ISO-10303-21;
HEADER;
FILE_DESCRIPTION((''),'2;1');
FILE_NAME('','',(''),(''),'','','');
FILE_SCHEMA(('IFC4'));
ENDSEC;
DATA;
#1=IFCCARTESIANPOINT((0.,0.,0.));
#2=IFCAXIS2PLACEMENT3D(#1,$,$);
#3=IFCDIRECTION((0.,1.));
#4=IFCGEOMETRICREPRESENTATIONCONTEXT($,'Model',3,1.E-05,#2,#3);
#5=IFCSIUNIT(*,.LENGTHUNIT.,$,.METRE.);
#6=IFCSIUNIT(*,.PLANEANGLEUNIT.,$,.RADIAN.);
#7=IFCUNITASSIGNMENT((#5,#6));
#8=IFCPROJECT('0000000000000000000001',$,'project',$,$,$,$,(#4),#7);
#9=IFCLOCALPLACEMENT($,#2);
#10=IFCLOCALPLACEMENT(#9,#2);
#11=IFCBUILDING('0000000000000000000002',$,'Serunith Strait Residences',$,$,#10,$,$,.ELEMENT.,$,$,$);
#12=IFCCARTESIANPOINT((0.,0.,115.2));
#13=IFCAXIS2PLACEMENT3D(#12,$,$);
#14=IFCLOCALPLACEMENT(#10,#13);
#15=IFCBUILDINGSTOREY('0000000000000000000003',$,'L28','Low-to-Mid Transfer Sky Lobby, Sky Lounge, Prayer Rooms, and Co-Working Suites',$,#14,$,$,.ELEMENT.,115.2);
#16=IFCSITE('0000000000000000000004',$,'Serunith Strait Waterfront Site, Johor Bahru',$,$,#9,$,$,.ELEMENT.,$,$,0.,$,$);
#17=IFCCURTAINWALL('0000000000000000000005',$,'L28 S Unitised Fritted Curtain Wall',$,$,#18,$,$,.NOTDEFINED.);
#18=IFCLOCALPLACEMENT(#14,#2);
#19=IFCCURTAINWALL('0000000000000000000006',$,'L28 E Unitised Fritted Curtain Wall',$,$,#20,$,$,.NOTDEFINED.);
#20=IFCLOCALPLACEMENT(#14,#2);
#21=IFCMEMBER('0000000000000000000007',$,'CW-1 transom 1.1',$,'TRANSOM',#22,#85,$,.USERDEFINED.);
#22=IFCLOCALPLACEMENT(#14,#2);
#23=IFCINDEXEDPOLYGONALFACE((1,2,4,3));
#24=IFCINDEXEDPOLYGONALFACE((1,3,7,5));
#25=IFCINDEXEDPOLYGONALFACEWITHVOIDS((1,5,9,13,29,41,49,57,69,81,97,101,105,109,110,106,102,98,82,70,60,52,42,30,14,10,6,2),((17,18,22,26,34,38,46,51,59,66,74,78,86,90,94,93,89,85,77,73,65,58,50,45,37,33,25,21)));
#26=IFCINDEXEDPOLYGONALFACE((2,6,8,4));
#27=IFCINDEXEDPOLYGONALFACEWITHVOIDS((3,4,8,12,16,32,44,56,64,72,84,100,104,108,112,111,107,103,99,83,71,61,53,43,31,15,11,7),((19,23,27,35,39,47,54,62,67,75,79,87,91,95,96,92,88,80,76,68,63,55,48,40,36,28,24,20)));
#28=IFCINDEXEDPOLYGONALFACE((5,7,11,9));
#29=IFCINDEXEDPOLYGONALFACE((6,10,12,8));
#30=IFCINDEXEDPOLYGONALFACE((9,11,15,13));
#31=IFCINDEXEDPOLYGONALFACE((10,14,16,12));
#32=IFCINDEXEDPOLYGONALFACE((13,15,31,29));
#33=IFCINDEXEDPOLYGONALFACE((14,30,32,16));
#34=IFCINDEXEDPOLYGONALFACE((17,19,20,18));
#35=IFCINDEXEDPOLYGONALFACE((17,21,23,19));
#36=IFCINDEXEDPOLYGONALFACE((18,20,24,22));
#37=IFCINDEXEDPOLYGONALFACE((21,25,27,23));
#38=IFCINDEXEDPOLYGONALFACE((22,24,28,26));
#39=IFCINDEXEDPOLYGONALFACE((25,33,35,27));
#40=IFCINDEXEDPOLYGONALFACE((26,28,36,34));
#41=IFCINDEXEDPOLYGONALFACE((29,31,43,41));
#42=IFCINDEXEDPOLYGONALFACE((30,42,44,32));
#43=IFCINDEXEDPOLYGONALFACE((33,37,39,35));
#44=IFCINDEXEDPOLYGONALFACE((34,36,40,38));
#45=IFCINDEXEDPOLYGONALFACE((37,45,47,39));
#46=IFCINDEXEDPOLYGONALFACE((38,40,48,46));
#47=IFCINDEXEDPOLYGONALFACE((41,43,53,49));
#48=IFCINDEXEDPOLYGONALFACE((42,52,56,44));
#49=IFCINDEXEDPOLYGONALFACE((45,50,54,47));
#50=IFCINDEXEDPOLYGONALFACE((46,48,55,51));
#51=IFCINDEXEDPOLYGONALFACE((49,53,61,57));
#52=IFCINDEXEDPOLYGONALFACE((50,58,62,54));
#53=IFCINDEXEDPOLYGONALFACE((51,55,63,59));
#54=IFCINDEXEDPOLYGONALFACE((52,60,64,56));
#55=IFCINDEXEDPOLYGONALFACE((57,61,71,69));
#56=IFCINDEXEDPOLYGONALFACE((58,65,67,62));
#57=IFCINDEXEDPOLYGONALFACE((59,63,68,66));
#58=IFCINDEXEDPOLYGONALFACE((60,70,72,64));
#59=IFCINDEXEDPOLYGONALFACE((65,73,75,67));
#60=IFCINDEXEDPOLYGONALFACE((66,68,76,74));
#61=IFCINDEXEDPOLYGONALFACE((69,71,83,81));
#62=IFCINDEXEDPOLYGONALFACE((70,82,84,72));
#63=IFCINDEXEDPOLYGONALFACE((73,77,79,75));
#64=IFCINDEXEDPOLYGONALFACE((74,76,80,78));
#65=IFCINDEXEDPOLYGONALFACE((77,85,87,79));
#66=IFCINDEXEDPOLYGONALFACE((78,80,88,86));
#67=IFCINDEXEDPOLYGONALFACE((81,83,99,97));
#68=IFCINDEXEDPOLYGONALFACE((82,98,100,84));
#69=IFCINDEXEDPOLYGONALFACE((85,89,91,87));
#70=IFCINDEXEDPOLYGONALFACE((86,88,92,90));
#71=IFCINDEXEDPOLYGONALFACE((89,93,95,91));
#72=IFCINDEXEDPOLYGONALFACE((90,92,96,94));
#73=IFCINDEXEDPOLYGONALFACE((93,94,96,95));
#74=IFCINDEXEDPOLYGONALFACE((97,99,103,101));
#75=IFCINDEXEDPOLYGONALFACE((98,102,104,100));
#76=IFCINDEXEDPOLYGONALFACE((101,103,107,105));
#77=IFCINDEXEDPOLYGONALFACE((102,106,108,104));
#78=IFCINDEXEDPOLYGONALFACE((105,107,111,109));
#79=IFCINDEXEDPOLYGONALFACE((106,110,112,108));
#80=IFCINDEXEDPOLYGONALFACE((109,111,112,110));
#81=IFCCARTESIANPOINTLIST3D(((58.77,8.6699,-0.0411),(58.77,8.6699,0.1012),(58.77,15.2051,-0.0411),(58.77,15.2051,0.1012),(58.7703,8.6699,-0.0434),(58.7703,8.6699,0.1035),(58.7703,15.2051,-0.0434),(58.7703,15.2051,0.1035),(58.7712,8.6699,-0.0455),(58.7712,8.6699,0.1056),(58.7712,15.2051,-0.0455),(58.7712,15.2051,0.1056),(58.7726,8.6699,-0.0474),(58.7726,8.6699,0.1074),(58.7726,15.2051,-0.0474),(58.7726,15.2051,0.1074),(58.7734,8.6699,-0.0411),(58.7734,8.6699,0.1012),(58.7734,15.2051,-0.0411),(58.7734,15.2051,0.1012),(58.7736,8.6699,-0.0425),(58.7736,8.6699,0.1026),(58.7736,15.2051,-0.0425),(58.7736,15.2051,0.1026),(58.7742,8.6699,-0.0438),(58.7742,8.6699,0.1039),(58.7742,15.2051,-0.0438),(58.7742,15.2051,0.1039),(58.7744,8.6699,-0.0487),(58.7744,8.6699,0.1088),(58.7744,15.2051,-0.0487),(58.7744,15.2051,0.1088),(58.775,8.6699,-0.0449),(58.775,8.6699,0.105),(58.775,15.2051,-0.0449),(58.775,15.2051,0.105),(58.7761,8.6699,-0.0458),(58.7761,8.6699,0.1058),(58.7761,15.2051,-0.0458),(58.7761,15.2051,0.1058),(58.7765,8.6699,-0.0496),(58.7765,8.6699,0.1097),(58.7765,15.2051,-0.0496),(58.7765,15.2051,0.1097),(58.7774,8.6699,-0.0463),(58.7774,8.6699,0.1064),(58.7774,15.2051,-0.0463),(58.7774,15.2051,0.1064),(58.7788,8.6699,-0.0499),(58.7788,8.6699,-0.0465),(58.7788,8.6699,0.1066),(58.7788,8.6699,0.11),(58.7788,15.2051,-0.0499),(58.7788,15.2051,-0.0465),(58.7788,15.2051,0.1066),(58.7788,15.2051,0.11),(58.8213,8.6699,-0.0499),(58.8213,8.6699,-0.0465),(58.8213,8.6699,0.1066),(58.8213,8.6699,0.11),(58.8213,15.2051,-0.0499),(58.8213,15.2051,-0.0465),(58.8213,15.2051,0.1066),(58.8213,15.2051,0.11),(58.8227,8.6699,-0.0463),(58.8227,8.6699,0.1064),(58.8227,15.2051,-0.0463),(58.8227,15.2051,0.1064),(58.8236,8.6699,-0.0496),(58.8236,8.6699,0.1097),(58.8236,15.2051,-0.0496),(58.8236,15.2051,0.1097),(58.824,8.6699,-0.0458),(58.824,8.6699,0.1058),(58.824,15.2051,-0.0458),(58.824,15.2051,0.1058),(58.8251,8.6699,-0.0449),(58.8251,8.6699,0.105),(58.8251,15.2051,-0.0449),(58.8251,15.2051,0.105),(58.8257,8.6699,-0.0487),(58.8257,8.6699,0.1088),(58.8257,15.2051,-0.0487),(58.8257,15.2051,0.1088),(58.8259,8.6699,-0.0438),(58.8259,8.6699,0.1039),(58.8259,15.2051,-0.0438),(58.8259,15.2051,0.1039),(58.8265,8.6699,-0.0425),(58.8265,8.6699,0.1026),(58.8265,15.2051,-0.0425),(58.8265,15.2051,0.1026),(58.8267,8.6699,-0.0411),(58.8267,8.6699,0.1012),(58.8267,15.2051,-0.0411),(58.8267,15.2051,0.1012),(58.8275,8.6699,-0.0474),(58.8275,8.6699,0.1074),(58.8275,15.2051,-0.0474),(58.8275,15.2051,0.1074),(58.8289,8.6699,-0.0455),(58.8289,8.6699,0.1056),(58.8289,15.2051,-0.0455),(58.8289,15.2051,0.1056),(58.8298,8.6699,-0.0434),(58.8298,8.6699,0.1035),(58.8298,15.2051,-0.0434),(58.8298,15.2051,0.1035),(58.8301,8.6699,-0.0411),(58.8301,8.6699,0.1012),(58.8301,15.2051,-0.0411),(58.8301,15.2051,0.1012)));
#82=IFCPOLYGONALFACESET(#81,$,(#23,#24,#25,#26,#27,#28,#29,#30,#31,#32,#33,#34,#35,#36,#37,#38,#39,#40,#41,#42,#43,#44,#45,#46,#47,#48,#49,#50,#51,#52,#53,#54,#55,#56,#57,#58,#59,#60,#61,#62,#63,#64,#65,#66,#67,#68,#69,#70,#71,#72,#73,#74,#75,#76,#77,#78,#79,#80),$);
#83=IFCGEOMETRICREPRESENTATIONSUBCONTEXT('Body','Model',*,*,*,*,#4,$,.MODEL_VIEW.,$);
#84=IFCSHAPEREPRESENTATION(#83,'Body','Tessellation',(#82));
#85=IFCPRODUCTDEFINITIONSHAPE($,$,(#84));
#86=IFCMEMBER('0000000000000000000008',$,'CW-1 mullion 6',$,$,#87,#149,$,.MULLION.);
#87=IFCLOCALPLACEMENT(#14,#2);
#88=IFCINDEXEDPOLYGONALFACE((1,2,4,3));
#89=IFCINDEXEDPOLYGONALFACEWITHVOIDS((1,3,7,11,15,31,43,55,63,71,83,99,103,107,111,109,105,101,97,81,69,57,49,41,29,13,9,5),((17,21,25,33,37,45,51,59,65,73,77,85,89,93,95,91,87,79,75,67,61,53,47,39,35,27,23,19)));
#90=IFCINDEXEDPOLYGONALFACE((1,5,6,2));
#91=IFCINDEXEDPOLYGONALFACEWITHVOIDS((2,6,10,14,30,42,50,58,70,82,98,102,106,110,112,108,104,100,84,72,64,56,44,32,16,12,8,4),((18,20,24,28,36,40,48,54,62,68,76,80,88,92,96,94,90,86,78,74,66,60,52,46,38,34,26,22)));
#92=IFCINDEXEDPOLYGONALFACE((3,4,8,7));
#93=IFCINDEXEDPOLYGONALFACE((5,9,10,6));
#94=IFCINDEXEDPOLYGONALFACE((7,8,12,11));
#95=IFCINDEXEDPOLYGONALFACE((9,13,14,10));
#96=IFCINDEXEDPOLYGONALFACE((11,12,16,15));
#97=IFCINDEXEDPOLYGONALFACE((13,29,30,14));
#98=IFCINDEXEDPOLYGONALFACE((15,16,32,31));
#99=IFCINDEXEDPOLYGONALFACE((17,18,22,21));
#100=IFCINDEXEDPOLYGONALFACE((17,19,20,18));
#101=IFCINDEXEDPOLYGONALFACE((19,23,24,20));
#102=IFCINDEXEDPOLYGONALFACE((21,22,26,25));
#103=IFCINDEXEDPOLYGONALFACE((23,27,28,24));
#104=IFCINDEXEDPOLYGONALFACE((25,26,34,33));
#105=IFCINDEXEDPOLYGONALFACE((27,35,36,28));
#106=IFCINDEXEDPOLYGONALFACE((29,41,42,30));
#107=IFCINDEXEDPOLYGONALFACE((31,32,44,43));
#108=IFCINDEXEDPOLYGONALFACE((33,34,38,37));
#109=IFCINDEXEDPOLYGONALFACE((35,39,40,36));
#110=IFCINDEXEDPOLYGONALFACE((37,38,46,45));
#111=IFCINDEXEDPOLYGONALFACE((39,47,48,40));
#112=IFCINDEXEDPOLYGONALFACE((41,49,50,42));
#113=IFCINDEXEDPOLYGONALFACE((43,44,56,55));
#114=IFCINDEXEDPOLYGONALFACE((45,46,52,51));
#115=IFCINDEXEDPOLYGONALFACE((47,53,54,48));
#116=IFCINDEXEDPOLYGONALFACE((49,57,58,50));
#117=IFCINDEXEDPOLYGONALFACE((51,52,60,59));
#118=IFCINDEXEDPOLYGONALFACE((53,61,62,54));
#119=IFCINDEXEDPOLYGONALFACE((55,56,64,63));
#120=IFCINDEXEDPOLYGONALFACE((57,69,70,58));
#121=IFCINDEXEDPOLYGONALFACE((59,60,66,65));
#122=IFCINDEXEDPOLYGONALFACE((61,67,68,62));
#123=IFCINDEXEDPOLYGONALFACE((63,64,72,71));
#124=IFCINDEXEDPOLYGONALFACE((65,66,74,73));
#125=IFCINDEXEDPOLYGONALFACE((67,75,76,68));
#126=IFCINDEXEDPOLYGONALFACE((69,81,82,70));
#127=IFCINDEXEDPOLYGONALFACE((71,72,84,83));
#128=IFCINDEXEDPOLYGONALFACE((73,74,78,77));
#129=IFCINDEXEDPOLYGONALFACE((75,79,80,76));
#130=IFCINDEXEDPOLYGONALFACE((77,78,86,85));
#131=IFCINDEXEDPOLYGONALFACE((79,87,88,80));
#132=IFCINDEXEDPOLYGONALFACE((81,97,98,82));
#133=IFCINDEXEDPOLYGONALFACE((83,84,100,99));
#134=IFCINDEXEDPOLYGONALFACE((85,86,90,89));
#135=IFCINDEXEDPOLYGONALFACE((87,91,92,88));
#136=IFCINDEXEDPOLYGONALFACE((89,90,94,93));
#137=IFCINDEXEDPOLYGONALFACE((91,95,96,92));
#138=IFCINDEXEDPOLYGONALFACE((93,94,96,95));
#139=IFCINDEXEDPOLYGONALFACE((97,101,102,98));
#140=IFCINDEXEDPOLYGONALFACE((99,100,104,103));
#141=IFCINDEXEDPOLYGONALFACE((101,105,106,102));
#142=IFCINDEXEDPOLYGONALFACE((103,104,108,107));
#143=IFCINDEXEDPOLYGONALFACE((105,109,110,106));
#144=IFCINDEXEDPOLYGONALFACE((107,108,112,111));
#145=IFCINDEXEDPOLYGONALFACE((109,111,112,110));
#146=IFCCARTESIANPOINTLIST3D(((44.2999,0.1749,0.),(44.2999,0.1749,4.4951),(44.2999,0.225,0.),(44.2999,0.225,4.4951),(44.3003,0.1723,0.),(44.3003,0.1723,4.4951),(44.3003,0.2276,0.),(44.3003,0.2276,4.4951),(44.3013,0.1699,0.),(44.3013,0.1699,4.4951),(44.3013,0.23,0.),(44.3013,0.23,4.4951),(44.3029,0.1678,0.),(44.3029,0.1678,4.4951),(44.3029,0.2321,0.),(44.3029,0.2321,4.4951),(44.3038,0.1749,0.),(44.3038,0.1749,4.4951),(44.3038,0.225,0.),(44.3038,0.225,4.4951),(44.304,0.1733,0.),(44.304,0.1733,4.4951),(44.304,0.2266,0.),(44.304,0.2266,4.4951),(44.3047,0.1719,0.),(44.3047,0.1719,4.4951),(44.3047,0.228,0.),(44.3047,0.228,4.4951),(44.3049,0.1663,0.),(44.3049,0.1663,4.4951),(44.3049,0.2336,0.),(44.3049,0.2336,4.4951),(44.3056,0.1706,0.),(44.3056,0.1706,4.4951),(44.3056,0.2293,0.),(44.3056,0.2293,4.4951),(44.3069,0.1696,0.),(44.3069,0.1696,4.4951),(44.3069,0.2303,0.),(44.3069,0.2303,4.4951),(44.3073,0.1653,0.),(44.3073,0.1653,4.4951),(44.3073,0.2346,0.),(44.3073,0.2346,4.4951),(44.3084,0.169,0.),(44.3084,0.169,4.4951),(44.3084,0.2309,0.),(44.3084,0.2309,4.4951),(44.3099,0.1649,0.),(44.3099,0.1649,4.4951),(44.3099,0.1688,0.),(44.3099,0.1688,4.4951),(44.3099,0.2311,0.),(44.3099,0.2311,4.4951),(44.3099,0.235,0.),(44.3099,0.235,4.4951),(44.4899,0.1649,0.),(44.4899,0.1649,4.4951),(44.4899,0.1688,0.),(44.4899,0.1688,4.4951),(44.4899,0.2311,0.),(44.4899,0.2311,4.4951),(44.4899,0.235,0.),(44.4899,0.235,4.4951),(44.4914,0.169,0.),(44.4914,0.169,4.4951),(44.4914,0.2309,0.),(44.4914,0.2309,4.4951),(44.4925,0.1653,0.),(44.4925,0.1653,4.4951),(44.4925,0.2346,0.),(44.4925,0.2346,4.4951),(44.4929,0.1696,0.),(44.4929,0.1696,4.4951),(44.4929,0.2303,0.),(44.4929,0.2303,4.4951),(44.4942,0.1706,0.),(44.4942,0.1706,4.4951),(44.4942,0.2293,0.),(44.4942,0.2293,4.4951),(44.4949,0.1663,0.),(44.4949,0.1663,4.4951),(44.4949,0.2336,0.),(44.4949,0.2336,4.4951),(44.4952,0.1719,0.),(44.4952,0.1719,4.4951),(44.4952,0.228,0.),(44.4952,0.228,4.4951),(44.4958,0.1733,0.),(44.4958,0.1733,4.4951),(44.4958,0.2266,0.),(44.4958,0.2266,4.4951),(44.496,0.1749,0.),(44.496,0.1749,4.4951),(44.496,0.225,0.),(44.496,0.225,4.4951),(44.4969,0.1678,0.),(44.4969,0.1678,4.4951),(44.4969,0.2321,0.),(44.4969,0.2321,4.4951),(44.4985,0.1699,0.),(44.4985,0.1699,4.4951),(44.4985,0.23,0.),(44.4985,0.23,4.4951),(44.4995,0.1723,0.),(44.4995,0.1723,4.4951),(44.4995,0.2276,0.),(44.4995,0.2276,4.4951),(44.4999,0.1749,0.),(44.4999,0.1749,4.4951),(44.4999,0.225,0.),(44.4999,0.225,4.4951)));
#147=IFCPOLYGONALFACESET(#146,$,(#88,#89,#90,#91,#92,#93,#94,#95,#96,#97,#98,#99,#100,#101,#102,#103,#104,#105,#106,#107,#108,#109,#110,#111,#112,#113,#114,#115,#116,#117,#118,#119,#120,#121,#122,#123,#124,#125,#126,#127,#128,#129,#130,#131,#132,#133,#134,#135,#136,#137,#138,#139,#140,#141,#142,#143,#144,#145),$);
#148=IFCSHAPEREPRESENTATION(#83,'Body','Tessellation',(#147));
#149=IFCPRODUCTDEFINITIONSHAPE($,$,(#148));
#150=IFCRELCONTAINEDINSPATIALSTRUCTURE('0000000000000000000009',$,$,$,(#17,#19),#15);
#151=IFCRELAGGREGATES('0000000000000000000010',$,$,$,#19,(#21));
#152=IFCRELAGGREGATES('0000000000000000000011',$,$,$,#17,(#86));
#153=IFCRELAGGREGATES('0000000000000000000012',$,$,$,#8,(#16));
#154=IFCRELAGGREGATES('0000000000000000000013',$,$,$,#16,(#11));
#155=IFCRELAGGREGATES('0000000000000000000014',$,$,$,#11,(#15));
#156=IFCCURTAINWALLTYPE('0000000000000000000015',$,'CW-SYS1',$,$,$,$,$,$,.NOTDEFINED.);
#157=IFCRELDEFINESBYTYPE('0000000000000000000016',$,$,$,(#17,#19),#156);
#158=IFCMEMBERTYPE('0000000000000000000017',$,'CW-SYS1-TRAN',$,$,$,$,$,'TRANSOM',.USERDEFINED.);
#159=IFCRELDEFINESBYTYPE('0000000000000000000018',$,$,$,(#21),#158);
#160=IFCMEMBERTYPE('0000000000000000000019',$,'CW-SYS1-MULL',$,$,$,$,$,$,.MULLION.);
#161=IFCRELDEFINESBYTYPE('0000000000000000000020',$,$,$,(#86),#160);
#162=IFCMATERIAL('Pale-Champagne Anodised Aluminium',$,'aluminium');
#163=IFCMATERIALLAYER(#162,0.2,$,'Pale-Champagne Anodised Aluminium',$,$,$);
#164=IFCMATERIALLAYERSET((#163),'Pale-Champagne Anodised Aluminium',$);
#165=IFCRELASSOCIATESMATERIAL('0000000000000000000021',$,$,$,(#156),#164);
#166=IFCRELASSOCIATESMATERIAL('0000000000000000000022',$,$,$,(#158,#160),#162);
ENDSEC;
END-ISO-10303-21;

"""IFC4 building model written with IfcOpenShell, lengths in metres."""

from ifc_helpers import new_model, si_unit, direction, frame, origin, origin_2d, place, context, subcontext, project, spatial, hollow_rectangle, extrude, source, transform, mapped, material, layer, layer_set, material_profile, profile_set, type_object, element, aggregate, save


model = new_model("IFC4")

# Units and contexts
model_context = context("Model", 3, precision=1e-05, world=origin(), true_north=direction((0.0, 1.0)))
body_context = subcontext(model_context, "Body", "Model", "MODEL_VIEW")
ifc_project = project(units=[si_unit("LENGTHUNIT", "METRE"), si_unit("PLANEANGLEUNIT", "RADIAN")], contexts=[model_context])

# Site, building, storey
site_placement = place(None, origin())
site = spatial("IfcSite", under=ifc_project, at=site_placement, Name="Serunith Strait Waterfront Site, Johor Bahru", CompositionType="ELEMENT", RefElevation=0.0)
building_placement = place(site_placement, origin())
building = spatial("IfcBuilding", under=site, at=building_placement, Name="Serunith Strait Residences", CompositionType="ELEMENT")
storey_placement = place(building_placement, frame((0.0, 0.0, 115.2)))
storey = spatial("IfcBuildingStorey", under=building, at=storey_placement, Name="L28", Description="Low-to-Mid Transfer Sky Lobby, Sky Lounge, Prayer Rooms, and Co-Working Suites", CompositionType="ELEMENT", Elevation=115.2)

# Curtain wall
ifc_material_1 = material(Name="Pale-Champagne Anodised Aluminium", Category="aluminium")
ifc_layer_1 = layer(ifc_material_1, 0.2, Name="Pale-Champagne Anodised Aluminium")
ifc_layer_set_1 = layer_set([ifc_layer_1], Name="Pale-Champagne Anodised Aluminium")
curtain_wall_type = type_object("IfcCurtainWallType", Name="CW-SYS1", PredefinedType="NOTDEFINED", material=ifc_layer_set_1)
curtain_wall_1_placement = place(storey_placement, origin())
curtain_wall_1 = element("IfcCurtainWall", 1, at=curtain_wall_1_placement, inside=storey, type_object=curtain_wall_type, Name="L28 S Unitised Fritted Curtain Wall", PredefinedType="NOTDEFINED")
ifc_material_profile_1 = material_profile(ifc_material_1, hollow_rectangle(XDim=0.0601, YDim=0.1599, WallThickness=0.0034, InnerFilletRadius=0.0054, OuterFilletRadius=0.0088, at=origin_2d()), Name="ALU 160x60x3.5")
ifc_profile_set_1 = profile_set([ifc_material_profile_1], Name="Pale-Champagne Anodised Aluminium")
member_type_1 = type_object("IfcMemberType", Name="CW-SYS1-TRAN", ElementType="TRANSOM", PredefinedType="USERDEFINED", material=ifc_profile_set_1)

# Curtain wall, member
curtain_wall_2_placement = place(storey_placement, origin())
curtain_wall_2 = element("IfcCurtainWall", 2, at=curtain_wall_2_placement, inside=storey, type_object=curtain_wall_type, Name="L28 E Unitised Fritted Curtain Wall", PredefinedType="NOTDEFINED")
shared_shape_1 = source(origin(), body_context, "Body", "SweptSolid", [
    extrude(hollow_rectangle(XDim=0.0601, YDim=0.1599, WallThickness=0.0034, InnerFilletRadius=0.0054, OuterFilletRadius=0.0088, at=origin_2d()), origin(), (0.0, 0.0, 1.0), 6.5352),
])
member_1_placement = place(storey_placement, frame((58.8, 8.6699, 0.03), z_axis=(0.0, 1.0, 0.0), x_axis=(-1.0, 0.0, 0.0)))
member_1 = element("IfcMember", 3, at=member_1_placement, type_object=member_type_1, Name="CW-1 transom 1.1", ObjectType="TRANSOM", PredefinedType="USERDEFINED", context=body_context, shape_type="MappedRepresentation", body=[
    mapped(shared_shape_1, transform((0.0, 0.0, 0.0), scale=1.0)),
])

# Member
ifc_material_profile_2 = material_profile(ifc_material_1, hollow_rectangle(XDim=0.0701, YDim=0.2, WallThickness=0.0039, InnerFilletRadius=0.0061, OuterFilletRadius=0.01, at=origin_2d()), Name="ALU 200x70x4")
ifc_profile_set_2 = profile_set([ifc_material_profile_2], Name="Pale-Champagne Anodised Aluminium")
member_type_2 = type_object("IfcMemberType", Name="CW-SYS1-MULL", PredefinedType="MULLION", material=ifc_profile_set_2)
shared_shape_2 = source(origin(), body_context, "Body", "SweptSolid", [
    extrude(hollow_rectangle(XDim=0.0701, YDim=0.2, WallThickness=0.0039, InnerFilletRadius=0.0061, OuterFilletRadius=0.01, at=origin_2d()), origin(), (0.0, 0.0, 1.0), 4.4951),
])
member_2_placement = place(storey_placement, frame((44.3999, 0.2, 0.0), z_axis=(0.0, 0.0, 1.0), x_axis=(0.0, 1.0, 0.0)))
member_2 = element("IfcMember", 4, at=member_2_placement, type_object=member_type_2, Name="CW-1 mullion 6", PredefinedType="MULLION", context=body_context, shape_type="MappedRepresentation", body=[
    mapped(shared_shape_2, transform((0.0, 0.0, 0.0), scale=1.0)),
])
aggregate(curtain_wall_2, [member_1])

aggregate(curtain_wall_1, [member_2])

save(model, "model.ifc")
